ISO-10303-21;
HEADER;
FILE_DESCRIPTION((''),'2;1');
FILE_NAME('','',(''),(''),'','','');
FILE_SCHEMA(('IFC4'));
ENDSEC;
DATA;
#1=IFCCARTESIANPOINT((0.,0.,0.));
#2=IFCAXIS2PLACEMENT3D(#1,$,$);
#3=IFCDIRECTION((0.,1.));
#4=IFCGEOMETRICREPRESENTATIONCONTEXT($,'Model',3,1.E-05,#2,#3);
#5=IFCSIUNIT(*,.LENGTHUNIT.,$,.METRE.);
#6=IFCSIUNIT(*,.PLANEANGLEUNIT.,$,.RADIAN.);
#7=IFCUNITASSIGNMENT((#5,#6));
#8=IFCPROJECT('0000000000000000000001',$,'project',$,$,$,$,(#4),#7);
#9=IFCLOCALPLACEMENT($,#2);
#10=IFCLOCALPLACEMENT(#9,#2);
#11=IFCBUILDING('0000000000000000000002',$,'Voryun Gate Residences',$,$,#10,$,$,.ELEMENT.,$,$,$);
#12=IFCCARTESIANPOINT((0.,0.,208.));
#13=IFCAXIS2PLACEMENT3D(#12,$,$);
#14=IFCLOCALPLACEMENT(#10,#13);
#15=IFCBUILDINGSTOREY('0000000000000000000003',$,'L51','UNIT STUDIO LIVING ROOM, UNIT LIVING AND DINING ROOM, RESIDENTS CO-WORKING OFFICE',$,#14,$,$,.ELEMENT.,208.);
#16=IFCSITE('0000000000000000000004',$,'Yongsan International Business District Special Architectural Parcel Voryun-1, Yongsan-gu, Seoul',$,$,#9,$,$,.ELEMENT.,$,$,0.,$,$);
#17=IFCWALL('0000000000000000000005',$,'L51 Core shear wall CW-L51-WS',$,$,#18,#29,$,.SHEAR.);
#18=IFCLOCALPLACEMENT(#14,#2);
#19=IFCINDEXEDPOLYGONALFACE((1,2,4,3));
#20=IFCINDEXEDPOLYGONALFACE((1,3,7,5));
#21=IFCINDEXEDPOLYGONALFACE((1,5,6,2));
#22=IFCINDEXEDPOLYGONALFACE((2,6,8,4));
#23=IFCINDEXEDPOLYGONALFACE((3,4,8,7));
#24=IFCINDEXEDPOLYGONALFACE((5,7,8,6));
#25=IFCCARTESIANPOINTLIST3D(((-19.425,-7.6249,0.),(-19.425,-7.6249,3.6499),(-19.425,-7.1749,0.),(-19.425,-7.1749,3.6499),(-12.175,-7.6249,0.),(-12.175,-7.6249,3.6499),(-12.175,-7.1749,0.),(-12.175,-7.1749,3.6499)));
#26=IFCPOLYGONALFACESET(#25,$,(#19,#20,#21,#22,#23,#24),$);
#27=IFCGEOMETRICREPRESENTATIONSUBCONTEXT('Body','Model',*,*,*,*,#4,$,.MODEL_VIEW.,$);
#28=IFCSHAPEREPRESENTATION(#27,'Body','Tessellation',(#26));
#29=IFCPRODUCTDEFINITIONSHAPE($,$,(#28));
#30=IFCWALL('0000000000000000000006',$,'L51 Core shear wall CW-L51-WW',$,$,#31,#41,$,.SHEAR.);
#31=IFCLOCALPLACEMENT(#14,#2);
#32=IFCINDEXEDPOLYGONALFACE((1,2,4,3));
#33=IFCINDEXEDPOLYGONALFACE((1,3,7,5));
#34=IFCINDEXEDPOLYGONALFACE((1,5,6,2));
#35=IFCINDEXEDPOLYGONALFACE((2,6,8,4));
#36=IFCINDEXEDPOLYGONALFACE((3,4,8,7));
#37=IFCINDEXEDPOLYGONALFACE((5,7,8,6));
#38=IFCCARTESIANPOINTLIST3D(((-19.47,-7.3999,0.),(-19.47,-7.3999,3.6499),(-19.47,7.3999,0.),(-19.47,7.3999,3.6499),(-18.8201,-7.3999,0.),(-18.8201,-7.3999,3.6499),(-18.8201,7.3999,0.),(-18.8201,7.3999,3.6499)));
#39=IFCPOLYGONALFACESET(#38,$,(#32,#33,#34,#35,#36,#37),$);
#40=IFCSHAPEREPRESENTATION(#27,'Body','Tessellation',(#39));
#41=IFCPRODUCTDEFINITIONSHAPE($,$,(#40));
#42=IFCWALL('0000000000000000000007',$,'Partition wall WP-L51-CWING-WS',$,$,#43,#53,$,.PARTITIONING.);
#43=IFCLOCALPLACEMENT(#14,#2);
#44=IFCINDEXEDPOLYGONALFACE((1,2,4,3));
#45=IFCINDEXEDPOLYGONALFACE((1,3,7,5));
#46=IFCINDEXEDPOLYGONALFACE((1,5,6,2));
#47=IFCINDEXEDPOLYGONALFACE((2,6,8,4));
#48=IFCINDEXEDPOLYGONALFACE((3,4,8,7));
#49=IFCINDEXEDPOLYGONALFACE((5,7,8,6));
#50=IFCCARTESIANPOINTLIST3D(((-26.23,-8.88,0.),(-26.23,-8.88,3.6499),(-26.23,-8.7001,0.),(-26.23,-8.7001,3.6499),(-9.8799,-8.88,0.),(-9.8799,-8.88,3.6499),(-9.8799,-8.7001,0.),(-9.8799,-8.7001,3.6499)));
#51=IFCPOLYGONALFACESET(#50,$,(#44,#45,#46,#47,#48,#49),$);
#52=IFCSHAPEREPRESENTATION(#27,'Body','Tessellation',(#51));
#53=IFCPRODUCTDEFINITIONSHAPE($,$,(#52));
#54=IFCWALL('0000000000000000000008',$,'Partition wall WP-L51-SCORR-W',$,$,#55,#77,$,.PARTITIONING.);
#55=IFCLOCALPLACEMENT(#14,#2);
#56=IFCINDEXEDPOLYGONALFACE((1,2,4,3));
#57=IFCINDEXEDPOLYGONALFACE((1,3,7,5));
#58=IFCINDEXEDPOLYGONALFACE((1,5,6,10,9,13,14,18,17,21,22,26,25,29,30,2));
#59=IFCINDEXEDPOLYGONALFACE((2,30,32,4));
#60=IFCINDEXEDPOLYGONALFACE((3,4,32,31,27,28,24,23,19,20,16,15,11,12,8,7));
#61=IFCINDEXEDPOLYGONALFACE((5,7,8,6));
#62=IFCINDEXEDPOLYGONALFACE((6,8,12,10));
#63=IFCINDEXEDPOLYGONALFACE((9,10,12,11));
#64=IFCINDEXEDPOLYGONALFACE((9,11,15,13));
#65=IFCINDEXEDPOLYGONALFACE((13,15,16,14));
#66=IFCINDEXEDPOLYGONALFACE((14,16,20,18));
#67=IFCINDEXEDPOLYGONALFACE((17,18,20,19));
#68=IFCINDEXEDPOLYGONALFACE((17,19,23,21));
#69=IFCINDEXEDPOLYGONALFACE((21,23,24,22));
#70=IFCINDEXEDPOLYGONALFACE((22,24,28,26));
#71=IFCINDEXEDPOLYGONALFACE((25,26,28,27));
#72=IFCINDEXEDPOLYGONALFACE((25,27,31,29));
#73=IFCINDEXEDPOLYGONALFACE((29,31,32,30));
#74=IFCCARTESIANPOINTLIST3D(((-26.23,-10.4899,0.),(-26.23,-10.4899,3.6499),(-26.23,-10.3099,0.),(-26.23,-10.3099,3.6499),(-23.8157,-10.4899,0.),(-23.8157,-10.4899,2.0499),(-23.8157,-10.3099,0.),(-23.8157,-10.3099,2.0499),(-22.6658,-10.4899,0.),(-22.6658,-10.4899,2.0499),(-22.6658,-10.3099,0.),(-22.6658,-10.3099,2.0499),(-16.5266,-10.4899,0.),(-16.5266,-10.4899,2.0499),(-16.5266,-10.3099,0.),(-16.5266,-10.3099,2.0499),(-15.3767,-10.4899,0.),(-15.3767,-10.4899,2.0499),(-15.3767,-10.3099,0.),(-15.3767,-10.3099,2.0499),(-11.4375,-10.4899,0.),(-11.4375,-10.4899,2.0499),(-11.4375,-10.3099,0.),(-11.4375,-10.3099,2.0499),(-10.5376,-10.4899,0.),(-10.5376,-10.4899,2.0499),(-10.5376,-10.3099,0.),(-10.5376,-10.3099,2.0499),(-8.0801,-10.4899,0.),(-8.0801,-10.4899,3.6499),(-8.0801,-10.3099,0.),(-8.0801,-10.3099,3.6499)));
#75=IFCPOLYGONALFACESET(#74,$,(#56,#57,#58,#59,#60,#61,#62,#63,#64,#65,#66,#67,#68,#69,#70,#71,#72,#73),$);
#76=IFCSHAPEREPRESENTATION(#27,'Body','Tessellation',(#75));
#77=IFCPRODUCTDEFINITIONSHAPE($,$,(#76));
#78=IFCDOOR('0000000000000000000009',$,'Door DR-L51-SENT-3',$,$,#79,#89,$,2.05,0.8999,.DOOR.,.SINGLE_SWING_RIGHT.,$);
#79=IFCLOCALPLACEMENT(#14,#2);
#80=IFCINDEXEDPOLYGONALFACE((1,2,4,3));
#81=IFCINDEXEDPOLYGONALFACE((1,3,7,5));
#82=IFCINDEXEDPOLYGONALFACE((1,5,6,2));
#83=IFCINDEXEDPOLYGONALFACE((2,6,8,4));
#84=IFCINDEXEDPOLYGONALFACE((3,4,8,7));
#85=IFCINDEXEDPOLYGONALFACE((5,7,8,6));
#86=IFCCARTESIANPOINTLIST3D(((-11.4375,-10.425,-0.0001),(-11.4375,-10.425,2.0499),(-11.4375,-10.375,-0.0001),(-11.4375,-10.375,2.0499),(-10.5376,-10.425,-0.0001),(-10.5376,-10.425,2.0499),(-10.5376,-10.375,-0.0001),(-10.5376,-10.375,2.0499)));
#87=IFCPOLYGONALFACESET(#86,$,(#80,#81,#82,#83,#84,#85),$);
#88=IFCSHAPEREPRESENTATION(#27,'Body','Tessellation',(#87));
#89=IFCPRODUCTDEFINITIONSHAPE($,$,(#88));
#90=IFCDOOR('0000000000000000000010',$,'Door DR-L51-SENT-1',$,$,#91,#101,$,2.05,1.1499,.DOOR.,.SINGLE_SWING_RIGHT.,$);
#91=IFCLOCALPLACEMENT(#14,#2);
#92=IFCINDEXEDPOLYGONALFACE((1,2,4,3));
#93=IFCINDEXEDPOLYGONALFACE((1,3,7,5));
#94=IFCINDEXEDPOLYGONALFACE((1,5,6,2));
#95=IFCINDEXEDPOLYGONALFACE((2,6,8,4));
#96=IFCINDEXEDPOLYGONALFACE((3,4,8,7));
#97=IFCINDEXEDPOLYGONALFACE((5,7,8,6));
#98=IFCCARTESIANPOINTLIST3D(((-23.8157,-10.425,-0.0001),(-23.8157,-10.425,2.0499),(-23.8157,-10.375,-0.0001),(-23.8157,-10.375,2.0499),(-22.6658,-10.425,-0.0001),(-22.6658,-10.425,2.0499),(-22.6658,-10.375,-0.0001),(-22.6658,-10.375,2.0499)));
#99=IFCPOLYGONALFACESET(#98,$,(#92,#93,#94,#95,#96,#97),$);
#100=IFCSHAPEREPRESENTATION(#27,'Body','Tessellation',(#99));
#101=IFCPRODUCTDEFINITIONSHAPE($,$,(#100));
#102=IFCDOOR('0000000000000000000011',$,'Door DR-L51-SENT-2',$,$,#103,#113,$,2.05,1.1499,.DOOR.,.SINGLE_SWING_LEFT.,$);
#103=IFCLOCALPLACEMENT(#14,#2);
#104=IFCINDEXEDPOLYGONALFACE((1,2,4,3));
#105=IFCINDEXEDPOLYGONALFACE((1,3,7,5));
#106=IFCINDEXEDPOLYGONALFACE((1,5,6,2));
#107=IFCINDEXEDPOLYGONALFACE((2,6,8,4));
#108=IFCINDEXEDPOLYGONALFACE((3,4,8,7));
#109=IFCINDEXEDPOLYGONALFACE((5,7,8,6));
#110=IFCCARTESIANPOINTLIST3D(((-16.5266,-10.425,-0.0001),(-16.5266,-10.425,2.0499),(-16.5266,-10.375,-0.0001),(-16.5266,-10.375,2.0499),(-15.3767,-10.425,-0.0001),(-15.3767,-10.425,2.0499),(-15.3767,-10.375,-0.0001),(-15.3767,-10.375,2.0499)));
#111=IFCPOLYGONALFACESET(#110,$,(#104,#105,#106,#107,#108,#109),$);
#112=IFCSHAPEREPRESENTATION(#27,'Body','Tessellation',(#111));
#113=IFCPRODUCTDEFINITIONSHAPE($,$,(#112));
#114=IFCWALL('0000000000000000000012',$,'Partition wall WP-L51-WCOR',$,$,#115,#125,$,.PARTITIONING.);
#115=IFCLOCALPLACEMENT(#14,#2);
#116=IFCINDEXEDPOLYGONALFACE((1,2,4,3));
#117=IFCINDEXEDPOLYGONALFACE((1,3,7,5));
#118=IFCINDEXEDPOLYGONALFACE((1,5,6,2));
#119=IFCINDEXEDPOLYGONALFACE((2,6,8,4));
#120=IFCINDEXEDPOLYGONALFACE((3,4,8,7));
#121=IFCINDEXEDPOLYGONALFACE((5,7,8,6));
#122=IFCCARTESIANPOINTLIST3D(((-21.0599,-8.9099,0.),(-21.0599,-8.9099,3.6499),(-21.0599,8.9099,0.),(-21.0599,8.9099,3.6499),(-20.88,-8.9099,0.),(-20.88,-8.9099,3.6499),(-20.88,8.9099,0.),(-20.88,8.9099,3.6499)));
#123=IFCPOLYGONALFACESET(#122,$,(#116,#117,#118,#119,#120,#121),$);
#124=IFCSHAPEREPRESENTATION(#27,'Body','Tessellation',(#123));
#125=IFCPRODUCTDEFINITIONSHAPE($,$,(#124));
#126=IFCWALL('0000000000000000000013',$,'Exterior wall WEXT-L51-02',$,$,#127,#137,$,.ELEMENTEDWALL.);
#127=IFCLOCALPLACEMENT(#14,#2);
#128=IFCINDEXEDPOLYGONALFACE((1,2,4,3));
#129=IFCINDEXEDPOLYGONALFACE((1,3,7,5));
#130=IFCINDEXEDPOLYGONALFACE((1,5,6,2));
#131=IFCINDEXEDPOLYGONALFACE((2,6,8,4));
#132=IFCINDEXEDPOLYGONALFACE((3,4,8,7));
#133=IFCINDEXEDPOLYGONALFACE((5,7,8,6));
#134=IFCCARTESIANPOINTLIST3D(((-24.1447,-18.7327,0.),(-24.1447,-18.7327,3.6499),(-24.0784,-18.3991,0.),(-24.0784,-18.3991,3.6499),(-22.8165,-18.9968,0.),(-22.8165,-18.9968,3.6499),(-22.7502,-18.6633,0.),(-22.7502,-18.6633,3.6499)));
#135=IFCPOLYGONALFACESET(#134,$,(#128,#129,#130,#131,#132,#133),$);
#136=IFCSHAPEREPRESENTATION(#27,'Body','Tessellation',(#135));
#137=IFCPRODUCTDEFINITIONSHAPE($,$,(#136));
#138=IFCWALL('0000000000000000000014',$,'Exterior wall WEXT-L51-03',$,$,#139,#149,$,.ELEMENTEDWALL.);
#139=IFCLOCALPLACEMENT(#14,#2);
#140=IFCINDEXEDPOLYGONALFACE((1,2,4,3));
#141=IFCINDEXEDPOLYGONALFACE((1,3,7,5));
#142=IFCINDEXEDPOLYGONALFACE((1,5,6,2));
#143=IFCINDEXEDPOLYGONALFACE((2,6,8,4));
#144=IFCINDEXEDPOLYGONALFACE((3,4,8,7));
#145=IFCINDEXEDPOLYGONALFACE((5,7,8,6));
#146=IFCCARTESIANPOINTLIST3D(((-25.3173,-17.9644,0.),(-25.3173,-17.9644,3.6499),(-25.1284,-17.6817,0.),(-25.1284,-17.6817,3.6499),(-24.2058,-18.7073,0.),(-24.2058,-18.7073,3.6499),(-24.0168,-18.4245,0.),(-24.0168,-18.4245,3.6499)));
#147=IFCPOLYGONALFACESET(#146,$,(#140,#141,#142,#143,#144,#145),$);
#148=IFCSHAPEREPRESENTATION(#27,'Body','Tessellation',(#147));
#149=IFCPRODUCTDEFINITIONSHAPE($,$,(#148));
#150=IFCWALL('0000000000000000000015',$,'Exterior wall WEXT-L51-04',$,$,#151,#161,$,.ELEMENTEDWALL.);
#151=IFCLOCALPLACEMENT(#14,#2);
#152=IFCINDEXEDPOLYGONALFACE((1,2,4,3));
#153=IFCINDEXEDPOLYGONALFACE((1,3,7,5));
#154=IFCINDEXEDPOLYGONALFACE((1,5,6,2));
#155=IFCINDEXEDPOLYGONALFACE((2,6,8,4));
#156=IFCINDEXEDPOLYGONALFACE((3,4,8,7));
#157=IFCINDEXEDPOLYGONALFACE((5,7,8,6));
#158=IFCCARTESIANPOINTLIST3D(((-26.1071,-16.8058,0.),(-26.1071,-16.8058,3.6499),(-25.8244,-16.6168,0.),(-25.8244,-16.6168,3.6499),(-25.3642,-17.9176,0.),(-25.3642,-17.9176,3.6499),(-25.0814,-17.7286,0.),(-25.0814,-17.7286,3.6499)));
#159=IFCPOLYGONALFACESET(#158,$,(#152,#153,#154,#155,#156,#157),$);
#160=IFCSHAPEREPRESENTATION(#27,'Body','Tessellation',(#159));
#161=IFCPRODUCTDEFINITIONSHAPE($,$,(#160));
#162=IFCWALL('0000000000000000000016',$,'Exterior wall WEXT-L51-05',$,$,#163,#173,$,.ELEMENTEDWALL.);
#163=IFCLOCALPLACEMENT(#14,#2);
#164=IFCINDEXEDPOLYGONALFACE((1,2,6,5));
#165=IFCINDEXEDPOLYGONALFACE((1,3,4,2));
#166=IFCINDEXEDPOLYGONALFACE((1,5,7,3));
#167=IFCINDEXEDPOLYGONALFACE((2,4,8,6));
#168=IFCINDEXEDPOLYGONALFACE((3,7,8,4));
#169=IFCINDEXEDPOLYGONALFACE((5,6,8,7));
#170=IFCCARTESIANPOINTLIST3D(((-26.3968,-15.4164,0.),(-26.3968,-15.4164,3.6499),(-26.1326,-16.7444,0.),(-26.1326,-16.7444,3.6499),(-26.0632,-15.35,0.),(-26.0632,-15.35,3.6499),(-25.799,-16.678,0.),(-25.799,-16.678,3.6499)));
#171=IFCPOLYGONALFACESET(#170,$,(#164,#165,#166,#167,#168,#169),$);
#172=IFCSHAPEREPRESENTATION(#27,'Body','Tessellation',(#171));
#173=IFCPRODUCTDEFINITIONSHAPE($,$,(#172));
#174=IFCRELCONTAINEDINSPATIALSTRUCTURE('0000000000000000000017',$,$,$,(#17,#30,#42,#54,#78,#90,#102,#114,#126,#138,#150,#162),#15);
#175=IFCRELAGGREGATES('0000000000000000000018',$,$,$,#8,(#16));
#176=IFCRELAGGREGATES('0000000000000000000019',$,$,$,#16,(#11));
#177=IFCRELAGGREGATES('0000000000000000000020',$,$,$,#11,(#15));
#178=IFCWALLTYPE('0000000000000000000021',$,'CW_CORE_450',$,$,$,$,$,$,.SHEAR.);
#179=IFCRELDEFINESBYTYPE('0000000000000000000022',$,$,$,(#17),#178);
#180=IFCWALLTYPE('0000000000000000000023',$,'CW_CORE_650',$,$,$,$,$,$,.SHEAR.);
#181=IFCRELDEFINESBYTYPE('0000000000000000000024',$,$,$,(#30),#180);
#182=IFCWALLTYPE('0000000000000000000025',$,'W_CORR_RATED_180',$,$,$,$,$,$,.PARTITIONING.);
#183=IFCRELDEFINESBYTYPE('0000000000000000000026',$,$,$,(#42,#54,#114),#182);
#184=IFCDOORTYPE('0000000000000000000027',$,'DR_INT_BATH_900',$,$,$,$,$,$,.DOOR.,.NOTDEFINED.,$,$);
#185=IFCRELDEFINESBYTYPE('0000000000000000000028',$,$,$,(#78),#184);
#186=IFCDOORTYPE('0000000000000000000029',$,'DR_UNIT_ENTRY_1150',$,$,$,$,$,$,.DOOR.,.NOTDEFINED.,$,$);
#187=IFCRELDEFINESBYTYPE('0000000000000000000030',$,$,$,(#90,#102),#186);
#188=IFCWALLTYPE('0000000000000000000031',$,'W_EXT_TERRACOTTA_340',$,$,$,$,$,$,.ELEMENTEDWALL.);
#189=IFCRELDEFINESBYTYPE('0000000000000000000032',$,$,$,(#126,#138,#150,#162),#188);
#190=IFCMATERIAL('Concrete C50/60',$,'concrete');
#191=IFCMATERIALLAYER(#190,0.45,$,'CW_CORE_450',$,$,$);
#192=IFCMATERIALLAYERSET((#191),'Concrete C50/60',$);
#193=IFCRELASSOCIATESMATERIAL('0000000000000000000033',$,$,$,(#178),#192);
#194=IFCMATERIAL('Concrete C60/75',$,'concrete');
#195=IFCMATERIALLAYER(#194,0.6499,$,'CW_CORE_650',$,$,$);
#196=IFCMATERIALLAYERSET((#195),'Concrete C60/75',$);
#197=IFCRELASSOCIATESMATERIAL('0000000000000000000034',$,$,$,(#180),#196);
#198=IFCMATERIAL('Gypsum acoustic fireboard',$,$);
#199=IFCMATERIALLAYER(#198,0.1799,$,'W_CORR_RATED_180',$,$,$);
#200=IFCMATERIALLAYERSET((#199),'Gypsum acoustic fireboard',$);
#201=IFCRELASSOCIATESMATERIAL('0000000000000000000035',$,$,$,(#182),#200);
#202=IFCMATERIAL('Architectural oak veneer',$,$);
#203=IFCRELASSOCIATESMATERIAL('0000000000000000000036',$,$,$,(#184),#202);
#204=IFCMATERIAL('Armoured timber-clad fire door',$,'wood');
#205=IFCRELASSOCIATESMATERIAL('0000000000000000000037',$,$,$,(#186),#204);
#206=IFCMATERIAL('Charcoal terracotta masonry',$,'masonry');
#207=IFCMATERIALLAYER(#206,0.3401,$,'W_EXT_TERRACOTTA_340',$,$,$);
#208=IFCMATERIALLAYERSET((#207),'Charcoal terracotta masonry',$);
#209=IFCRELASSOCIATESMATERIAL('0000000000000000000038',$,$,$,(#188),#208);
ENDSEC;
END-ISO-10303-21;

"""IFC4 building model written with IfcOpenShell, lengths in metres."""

from ifc_helpers import new_model, si_unit, direction, frame, frame_2d, origin, place, context, subcontext, project, spatial, rectangle, extrude, material, layer, layer_set, type_object, element, fill, save


model = new_model("IFC4")

# Units and contexts
model_context = context("Model", 3, precision=1e-05, world=origin(), true_north=direction((0.0, 1.0)))
body_context = subcontext(model_context, "Body", "Model", "MODEL_VIEW")
ifc_project = project(units=[si_unit("LENGTHUNIT", "METRE"), si_unit("PLANEANGLEUNIT", "RADIAN")], contexts=[model_context])

# Site, building, storey
site_placement = place(None, origin())
site = spatial("IfcSite", under=ifc_project, at=site_placement, Name="Yongsan International Business District Special Architectural Parcel Voryun-1, Yongsan-gu, Seoul", CompositionType="ELEMENT", RefElevation=0.0)
building_placement = place(site_placement, origin())
building = spatial("IfcBuilding", under=site, at=building_placement, Name="Voryun Gate Residences", CompositionType="ELEMENT")
storey_placement = place(building_placement, frame((0.0, 0.0, 208.0)))
storey = spatial("IfcBuildingStorey", under=building, at=storey_placement, Name="L51", Description="UNIT STUDIO LIVING ROOM, UNIT LIVING AND DINING ROOM, RESIDENTS CO-WORKING OFFICE", CompositionType="ELEMENT", Elevation=208.0)

# Walls
ifc_material_1 = material(Name="Concrete C50/60", Category="concrete")
ifc_layer_1 = layer(ifc_material_1, 0.45, Name="CW_CORE_450")
ifc_layer_set_1 = layer_set([ifc_layer_1], Name="Concrete C50/60")
wall_type_1 = type_object("IfcWallType", Name="CW_CORE_450", PredefinedType="SHEAR", material=ifc_layer_set_1)
wall_1_placement = place(storey_placement, frame((-19.425, -7.3999, 0.0), z_axis=(0.0, 0.0, 1.0), x_axis=(1.0, 0.0, 0.0)))
element("IfcWall", 1, at=wall_1_placement, inside=storey, type_object=wall_type_1, Name="L51 Core shear wall CW-L51-WS", PredefinedType="SHEAR", context=body_context, shape_type="SweptSolid", body=[
    extrude(rectangle(XDim=7.25, YDim=0.45, at=frame_2d((3.625, 0.0))), origin(), (0.0, 0.0, 1.0), 3.6499),
])
ifc_material_2 = material(Name="Concrete C60/75", Category="concrete")
ifc_layer_2 = layer(ifc_material_2, 0.6499, Name="CW_CORE_650")
ifc_layer_set_2 = layer_set([ifc_layer_2], Name="Concrete C60/75")
wall_type_2 = type_object("IfcWallType", Name="CW_CORE_650", PredefinedType="SHEAR", material=ifc_layer_set_2)
wall_2_placement = place(storey_placement, frame((-19.145, -7.3999, 0.0), z_axis=(0.0, 0.0, 1.0), x_axis=(0.0, 1.0, 0.0)))
element("IfcWall", 2, at=wall_2_placement, inside=storey, type_object=wall_type_2, Name="L51 Core shear wall CW-L51-WW", PredefinedType="SHEAR", context=body_context, shape_type="SweptSolid", body=[
    extrude(rectangle(XDim=14.7998, YDim=0.6499, at=frame_2d((7.3999, 0.0))), origin(), (0.0, 0.0, 1.0), 3.6499),
])
ifc_material_3 = material(Name="Gypsum acoustic fireboard")
ifc_layer_3 = layer(ifc_material_3, 0.1799, Name="W_CORR_RATED_180")
ifc_layer_set_3 = layer_set([ifc_layer_3], Name="Gypsum acoustic fireboard")
wall_type_3 = type_object("IfcWallType", Name="W_CORR_RATED_180", PredefinedType="PARTITIONING", material=ifc_layer_set_3)
wall_3_placement = place(storey_placement, frame((-26.23, -8.79, 0.0), z_axis=(0.0, 0.0, 1.0), x_axis=(1.0, 0.0, 0.0)))
element("IfcWall", 3, at=wall_3_placement, inside=storey, type_object=wall_type_3, Name="Partition wall WP-L51-CWING-WS", PredefinedType="PARTITIONING", context=body_context, shape_type="SweptSolid", body=[
    extrude(rectangle(XDim=16.3501, YDim=0.1799, at=frame_2d((8.175, 0.0))), origin(), (0.0, 0.0, 1.0), 3.6499),
])

# Wall, openings, doors
wall_4_placement = place(storey_placement, frame((-26.23, -10.3999, 0.0), z_axis=(0.0, 0.0, 1.0), x_axis=(1.0, 0.0, 0.0)))
wall_4 = element("IfcWall", 4, at=wall_4_placement, inside=storey, type_object=wall_type_3, Name="Partition wall WP-L51-SCORR-W", PredefinedType="PARTITIONING", context=body_context, shape_type="SweptSolid", body=[
    extrude(rectangle(XDim=18.1499, YDim=0.1799, at=frame_2d((9.075, 0.0))), origin(), (0.0, 0.0, 1.0), 3.6499),
])
opening_1_placement = place(wall_4_placement, frame((2.4143, 0.0, 0.0)))
opening_1 = element("IfcOpeningElement", 5, at=opening_1_placement, cuts=wall_4, PredefinedType="OPENING", context=body_context, shape_type="SweptSolid", body=[
    extrude(rectangle(XDim=1.1499, YDim=2.05, at=frame_2d((0.575, 1.0249))), frame((0.0, 0.0999, 0.0), z_axis=(0.0, -1.0, 0.0), x_axis=(1.0, 0.0, 0.0)), (0.0, 0.0, 1.0), 0.2),
])
opening_2_placement = place(wall_4_placement, frame((9.7034, 0.0, 0.0)))
opening_2 = element("IfcOpeningElement", 6, at=opening_2_placement, cuts=wall_4, PredefinedType="OPENING", context=body_context, shape_type="SweptSolid", body=[
    extrude(rectangle(XDim=1.1499, YDim=2.05, at=frame_2d((0.575, 1.0249))), frame((0.0, 0.0999, 0.0), z_axis=(0.0, -1.0, 0.0), x_axis=(1.0, 0.0, 0.0)), (0.0, 0.0, 1.0), 0.2),
])
opening_3_placement = place(wall_4_placement, frame((14.7925, 0.0, 0.0)))
opening_3 = element("IfcOpeningElement", 7, at=opening_3_placement, cuts=wall_4, PredefinedType="OPENING", context=body_context, shape_type="SweptSolid", body=[
    extrude(rectangle(XDim=0.8999, YDim=2.05, at=frame_2d((0.45, 1.0249))), frame((0.0, 0.0999, 0.0), z_axis=(0.0, -1.0, 0.0), x_axis=(1.0, 0.0, 0.0)), (0.0, 0.0, 1.0), 0.2),
])
ifc_material_4 = material(Name="Architectural oak veneer")
door_type_1 = type_object("IfcDoorType", Name="DR_INT_BATH_900", OperationType="NOTDEFINED", PredefinedType="DOOR", material=ifc_material_4)
door_1_placement = place(opening_3_placement, origin())
door_1 = element("IfcDoor", 8, at=door_1_placement, inside=storey, type_object=door_type_1, Name="Door DR-L51-SENT-3", OperationType="SINGLE_SWING_RIGHT", OverallHeight=2.05, OverallWidth=0.8999, PredefinedType="DOOR", context=body_context, shape_type="SweptSolid", body=[
    extrude(rectangle(XDim=0.8999, YDim=2.05, at=frame_2d((0.45, 1.0249))), frame((0.0, 0.0249, 0.0), z_axis=(0.0, -1.0, 0.0), x_axis=(1.0, 0.0, 0.0)), (0.0, 0.0, 1.0), 0.05),
])
fill(opening_3, door_1)
ifc_material_5 = material(Name="Armoured timber-clad fire door", Category="wood")
door_type_2 = type_object("IfcDoorType", Name="DR_UNIT_ENTRY_1150", OperationType="NOTDEFINED", PredefinedType="DOOR", material=ifc_material_5)
door_2_placement = place(opening_1_placement, origin())
door_2 = element("IfcDoor", 9, at=door_2_placement, inside=storey, type_object=door_type_2, Name="Door DR-L51-SENT-1", OperationType="SINGLE_SWING_RIGHT", OverallHeight=2.05, OverallWidth=1.1499, PredefinedType="DOOR", context=body_context, shape_type="SweptSolid", body=[
    extrude(rectangle(XDim=1.1499, YDim=2.05, at=frame_2d((0.575, 1.0249))), frame((0.0, 0.0249, 0.0), z_axis=(0.0, -1.0, 0.0), x_axis=(1.0, 0.0, 0.0)), (0.0, 0.0, 1.0), 0.05),
])
fill(opening_1, door_2)
door_3_placement = place(opening_2_placement, origin())
door_3 = element("IfcDoor", 10, at=door_3_placement, inside=storey, type_object=door_type_2, Name="Door DR-L51-SENT-2", OperationType="SINGLE_SWING_LEFT", OverallHeight=2.05, OverallWidth=1.1499, PredefinedType="DOOR", context=body_context, shape_type="SweptSolid", body=[
    extrude(rectangle(XDim=1.1499, YDim=2.05, at=frame_2d((0.575, 1.0249))), frame((0.0, 0.0249, 0.0), z_axis=(0.0, -1.0, 0.0), x_axis=(1.0, 0.0, 0.0)), (0.0, 0.0, 1.0), 0.05),
])
fill(opening_2, door_3)

# Walls
wall_5_placement = place(storey_placement, frame((-20.97, -8.9099, 0.0), z_axis=(0.0, 0.0, 1.0), x_axis=(0.0, 1.0, 0.0)))
element("IfcWall", 11, at=wall_5_placement, inside=storey, type_object=wall_type_3, Name="Partition wall WP-L51-WCOR", PredefinedType="PARTITIONING", context=body_context, shape_type="SweptSolid", body=[
    extrude(rectangle(XDim=17.8198, YDim=0.1799, at=frame_2d((8.9099, 0.0))), origin(), (0.0, 0.0, 1.0), 3.6499),
])
ifc_material_6 = material(Name="Charcoal terracotta masonry", Category="masonry")
ifc_layer_4 = layer(ifc_material_6, 0.3401, Name="W_EXT_TERRACOTTA_340")
ifc_layer_set_4 = layer_set([ifc_layer_4], Name="Charcoal terracotta masonry")
wall_type_4 = type_object("IfcWallType", Name="W_EXT_TERRACOTTA_340", PredefinedType="ELEMENTEDWALL", material=ifc_layer_set_4)
wall_6_placement = place(storey_placement, frame((-22.7832, -18.8301, 0.0), z_axis=(0.0, 0.0, 1.0), x_axis=(-0.980788, 0.195076, 0.0)))
element("IfcWall", 12, at=wall_6_placement, inside=storey, type_object=wall_type_4, Name="Exterior wall WEXT-L51-02", PredefinedType="ELEMENTEDWALL", context=body_context, shape_type="SweptSolid", body=[
    extrude(rectangle(XDim=1.3542, YDim=0.3401, at=frame_2d((0.6772, 0.0))), origin(), (0.0, 0.0, 1.0), 3.6499),
])
wall_7_placement = place(storey_placement, frame((-24.1113, -18.5659, 0.0), z_axis=(0.0, 0.0, 1.0), x_axis=(-0.831404, 0.555669, 0.0)))
element("IfcWall", 13, at=wall_7_placement, inside=storey, type_object=wall_type_4, Name="Exterior wall WEXT-L51-03", PredefinedType="ELEMENTEDWALL", context=body_context, shape_type="SweptSolid", body=[
    extrude(rectangle(XDim=1.3369, YDim=0.3401, at=frame_2d((0.6685, 0.0))), origin(), (0.0, 0.0, 1.0), 3.6499),
])
wall_8_placement = place(storey_placement, frame((-25.2229, -17.823, 0.0), z_axis=(0.0, 0.0, 1.0), x_axis=(-0.555585, 0.83146, 0.0)))
element("IfcWall", 14, at=wall_8_placement, inside=storey, type_object=wall_type_4, Name="Exterior wall WEXT-L51-04", PredefinedType="ELEMENTEDWALL", context=body_context, shape_type="SweptSolid", body=[
    extrude(rectangle(XDim=1.3372, YDim=0.3401, at=frame_2d((0.6685, 0.0))), origin(), (0.0, 0.0, 1.0), 3.6499),
])
wall_9_placement = place(storey_placement, frame((-25.9658, -16.7112, 0.0), z_axis=(0.0, 0.0, 1.0), x_axis=(-0.19511, 0.980781, 0.0)))
element("IfcWall", 15, at=wall_9_placement, inside=storey, type_object=wall_type_4, Name="Exterior wall WEXT-L51-05", PredefinedType="ELEMENTEDWALL", context=body_context, shape_type="SweptSolid", body=[
    extrude(rectangle(XDim=1.354, YDim=0.3401, at=frame_2d((0.677, 0.0))), origin(), (0.0, 0.0, 1.0), 3.6499),
])

save(model, "model.ifc")
